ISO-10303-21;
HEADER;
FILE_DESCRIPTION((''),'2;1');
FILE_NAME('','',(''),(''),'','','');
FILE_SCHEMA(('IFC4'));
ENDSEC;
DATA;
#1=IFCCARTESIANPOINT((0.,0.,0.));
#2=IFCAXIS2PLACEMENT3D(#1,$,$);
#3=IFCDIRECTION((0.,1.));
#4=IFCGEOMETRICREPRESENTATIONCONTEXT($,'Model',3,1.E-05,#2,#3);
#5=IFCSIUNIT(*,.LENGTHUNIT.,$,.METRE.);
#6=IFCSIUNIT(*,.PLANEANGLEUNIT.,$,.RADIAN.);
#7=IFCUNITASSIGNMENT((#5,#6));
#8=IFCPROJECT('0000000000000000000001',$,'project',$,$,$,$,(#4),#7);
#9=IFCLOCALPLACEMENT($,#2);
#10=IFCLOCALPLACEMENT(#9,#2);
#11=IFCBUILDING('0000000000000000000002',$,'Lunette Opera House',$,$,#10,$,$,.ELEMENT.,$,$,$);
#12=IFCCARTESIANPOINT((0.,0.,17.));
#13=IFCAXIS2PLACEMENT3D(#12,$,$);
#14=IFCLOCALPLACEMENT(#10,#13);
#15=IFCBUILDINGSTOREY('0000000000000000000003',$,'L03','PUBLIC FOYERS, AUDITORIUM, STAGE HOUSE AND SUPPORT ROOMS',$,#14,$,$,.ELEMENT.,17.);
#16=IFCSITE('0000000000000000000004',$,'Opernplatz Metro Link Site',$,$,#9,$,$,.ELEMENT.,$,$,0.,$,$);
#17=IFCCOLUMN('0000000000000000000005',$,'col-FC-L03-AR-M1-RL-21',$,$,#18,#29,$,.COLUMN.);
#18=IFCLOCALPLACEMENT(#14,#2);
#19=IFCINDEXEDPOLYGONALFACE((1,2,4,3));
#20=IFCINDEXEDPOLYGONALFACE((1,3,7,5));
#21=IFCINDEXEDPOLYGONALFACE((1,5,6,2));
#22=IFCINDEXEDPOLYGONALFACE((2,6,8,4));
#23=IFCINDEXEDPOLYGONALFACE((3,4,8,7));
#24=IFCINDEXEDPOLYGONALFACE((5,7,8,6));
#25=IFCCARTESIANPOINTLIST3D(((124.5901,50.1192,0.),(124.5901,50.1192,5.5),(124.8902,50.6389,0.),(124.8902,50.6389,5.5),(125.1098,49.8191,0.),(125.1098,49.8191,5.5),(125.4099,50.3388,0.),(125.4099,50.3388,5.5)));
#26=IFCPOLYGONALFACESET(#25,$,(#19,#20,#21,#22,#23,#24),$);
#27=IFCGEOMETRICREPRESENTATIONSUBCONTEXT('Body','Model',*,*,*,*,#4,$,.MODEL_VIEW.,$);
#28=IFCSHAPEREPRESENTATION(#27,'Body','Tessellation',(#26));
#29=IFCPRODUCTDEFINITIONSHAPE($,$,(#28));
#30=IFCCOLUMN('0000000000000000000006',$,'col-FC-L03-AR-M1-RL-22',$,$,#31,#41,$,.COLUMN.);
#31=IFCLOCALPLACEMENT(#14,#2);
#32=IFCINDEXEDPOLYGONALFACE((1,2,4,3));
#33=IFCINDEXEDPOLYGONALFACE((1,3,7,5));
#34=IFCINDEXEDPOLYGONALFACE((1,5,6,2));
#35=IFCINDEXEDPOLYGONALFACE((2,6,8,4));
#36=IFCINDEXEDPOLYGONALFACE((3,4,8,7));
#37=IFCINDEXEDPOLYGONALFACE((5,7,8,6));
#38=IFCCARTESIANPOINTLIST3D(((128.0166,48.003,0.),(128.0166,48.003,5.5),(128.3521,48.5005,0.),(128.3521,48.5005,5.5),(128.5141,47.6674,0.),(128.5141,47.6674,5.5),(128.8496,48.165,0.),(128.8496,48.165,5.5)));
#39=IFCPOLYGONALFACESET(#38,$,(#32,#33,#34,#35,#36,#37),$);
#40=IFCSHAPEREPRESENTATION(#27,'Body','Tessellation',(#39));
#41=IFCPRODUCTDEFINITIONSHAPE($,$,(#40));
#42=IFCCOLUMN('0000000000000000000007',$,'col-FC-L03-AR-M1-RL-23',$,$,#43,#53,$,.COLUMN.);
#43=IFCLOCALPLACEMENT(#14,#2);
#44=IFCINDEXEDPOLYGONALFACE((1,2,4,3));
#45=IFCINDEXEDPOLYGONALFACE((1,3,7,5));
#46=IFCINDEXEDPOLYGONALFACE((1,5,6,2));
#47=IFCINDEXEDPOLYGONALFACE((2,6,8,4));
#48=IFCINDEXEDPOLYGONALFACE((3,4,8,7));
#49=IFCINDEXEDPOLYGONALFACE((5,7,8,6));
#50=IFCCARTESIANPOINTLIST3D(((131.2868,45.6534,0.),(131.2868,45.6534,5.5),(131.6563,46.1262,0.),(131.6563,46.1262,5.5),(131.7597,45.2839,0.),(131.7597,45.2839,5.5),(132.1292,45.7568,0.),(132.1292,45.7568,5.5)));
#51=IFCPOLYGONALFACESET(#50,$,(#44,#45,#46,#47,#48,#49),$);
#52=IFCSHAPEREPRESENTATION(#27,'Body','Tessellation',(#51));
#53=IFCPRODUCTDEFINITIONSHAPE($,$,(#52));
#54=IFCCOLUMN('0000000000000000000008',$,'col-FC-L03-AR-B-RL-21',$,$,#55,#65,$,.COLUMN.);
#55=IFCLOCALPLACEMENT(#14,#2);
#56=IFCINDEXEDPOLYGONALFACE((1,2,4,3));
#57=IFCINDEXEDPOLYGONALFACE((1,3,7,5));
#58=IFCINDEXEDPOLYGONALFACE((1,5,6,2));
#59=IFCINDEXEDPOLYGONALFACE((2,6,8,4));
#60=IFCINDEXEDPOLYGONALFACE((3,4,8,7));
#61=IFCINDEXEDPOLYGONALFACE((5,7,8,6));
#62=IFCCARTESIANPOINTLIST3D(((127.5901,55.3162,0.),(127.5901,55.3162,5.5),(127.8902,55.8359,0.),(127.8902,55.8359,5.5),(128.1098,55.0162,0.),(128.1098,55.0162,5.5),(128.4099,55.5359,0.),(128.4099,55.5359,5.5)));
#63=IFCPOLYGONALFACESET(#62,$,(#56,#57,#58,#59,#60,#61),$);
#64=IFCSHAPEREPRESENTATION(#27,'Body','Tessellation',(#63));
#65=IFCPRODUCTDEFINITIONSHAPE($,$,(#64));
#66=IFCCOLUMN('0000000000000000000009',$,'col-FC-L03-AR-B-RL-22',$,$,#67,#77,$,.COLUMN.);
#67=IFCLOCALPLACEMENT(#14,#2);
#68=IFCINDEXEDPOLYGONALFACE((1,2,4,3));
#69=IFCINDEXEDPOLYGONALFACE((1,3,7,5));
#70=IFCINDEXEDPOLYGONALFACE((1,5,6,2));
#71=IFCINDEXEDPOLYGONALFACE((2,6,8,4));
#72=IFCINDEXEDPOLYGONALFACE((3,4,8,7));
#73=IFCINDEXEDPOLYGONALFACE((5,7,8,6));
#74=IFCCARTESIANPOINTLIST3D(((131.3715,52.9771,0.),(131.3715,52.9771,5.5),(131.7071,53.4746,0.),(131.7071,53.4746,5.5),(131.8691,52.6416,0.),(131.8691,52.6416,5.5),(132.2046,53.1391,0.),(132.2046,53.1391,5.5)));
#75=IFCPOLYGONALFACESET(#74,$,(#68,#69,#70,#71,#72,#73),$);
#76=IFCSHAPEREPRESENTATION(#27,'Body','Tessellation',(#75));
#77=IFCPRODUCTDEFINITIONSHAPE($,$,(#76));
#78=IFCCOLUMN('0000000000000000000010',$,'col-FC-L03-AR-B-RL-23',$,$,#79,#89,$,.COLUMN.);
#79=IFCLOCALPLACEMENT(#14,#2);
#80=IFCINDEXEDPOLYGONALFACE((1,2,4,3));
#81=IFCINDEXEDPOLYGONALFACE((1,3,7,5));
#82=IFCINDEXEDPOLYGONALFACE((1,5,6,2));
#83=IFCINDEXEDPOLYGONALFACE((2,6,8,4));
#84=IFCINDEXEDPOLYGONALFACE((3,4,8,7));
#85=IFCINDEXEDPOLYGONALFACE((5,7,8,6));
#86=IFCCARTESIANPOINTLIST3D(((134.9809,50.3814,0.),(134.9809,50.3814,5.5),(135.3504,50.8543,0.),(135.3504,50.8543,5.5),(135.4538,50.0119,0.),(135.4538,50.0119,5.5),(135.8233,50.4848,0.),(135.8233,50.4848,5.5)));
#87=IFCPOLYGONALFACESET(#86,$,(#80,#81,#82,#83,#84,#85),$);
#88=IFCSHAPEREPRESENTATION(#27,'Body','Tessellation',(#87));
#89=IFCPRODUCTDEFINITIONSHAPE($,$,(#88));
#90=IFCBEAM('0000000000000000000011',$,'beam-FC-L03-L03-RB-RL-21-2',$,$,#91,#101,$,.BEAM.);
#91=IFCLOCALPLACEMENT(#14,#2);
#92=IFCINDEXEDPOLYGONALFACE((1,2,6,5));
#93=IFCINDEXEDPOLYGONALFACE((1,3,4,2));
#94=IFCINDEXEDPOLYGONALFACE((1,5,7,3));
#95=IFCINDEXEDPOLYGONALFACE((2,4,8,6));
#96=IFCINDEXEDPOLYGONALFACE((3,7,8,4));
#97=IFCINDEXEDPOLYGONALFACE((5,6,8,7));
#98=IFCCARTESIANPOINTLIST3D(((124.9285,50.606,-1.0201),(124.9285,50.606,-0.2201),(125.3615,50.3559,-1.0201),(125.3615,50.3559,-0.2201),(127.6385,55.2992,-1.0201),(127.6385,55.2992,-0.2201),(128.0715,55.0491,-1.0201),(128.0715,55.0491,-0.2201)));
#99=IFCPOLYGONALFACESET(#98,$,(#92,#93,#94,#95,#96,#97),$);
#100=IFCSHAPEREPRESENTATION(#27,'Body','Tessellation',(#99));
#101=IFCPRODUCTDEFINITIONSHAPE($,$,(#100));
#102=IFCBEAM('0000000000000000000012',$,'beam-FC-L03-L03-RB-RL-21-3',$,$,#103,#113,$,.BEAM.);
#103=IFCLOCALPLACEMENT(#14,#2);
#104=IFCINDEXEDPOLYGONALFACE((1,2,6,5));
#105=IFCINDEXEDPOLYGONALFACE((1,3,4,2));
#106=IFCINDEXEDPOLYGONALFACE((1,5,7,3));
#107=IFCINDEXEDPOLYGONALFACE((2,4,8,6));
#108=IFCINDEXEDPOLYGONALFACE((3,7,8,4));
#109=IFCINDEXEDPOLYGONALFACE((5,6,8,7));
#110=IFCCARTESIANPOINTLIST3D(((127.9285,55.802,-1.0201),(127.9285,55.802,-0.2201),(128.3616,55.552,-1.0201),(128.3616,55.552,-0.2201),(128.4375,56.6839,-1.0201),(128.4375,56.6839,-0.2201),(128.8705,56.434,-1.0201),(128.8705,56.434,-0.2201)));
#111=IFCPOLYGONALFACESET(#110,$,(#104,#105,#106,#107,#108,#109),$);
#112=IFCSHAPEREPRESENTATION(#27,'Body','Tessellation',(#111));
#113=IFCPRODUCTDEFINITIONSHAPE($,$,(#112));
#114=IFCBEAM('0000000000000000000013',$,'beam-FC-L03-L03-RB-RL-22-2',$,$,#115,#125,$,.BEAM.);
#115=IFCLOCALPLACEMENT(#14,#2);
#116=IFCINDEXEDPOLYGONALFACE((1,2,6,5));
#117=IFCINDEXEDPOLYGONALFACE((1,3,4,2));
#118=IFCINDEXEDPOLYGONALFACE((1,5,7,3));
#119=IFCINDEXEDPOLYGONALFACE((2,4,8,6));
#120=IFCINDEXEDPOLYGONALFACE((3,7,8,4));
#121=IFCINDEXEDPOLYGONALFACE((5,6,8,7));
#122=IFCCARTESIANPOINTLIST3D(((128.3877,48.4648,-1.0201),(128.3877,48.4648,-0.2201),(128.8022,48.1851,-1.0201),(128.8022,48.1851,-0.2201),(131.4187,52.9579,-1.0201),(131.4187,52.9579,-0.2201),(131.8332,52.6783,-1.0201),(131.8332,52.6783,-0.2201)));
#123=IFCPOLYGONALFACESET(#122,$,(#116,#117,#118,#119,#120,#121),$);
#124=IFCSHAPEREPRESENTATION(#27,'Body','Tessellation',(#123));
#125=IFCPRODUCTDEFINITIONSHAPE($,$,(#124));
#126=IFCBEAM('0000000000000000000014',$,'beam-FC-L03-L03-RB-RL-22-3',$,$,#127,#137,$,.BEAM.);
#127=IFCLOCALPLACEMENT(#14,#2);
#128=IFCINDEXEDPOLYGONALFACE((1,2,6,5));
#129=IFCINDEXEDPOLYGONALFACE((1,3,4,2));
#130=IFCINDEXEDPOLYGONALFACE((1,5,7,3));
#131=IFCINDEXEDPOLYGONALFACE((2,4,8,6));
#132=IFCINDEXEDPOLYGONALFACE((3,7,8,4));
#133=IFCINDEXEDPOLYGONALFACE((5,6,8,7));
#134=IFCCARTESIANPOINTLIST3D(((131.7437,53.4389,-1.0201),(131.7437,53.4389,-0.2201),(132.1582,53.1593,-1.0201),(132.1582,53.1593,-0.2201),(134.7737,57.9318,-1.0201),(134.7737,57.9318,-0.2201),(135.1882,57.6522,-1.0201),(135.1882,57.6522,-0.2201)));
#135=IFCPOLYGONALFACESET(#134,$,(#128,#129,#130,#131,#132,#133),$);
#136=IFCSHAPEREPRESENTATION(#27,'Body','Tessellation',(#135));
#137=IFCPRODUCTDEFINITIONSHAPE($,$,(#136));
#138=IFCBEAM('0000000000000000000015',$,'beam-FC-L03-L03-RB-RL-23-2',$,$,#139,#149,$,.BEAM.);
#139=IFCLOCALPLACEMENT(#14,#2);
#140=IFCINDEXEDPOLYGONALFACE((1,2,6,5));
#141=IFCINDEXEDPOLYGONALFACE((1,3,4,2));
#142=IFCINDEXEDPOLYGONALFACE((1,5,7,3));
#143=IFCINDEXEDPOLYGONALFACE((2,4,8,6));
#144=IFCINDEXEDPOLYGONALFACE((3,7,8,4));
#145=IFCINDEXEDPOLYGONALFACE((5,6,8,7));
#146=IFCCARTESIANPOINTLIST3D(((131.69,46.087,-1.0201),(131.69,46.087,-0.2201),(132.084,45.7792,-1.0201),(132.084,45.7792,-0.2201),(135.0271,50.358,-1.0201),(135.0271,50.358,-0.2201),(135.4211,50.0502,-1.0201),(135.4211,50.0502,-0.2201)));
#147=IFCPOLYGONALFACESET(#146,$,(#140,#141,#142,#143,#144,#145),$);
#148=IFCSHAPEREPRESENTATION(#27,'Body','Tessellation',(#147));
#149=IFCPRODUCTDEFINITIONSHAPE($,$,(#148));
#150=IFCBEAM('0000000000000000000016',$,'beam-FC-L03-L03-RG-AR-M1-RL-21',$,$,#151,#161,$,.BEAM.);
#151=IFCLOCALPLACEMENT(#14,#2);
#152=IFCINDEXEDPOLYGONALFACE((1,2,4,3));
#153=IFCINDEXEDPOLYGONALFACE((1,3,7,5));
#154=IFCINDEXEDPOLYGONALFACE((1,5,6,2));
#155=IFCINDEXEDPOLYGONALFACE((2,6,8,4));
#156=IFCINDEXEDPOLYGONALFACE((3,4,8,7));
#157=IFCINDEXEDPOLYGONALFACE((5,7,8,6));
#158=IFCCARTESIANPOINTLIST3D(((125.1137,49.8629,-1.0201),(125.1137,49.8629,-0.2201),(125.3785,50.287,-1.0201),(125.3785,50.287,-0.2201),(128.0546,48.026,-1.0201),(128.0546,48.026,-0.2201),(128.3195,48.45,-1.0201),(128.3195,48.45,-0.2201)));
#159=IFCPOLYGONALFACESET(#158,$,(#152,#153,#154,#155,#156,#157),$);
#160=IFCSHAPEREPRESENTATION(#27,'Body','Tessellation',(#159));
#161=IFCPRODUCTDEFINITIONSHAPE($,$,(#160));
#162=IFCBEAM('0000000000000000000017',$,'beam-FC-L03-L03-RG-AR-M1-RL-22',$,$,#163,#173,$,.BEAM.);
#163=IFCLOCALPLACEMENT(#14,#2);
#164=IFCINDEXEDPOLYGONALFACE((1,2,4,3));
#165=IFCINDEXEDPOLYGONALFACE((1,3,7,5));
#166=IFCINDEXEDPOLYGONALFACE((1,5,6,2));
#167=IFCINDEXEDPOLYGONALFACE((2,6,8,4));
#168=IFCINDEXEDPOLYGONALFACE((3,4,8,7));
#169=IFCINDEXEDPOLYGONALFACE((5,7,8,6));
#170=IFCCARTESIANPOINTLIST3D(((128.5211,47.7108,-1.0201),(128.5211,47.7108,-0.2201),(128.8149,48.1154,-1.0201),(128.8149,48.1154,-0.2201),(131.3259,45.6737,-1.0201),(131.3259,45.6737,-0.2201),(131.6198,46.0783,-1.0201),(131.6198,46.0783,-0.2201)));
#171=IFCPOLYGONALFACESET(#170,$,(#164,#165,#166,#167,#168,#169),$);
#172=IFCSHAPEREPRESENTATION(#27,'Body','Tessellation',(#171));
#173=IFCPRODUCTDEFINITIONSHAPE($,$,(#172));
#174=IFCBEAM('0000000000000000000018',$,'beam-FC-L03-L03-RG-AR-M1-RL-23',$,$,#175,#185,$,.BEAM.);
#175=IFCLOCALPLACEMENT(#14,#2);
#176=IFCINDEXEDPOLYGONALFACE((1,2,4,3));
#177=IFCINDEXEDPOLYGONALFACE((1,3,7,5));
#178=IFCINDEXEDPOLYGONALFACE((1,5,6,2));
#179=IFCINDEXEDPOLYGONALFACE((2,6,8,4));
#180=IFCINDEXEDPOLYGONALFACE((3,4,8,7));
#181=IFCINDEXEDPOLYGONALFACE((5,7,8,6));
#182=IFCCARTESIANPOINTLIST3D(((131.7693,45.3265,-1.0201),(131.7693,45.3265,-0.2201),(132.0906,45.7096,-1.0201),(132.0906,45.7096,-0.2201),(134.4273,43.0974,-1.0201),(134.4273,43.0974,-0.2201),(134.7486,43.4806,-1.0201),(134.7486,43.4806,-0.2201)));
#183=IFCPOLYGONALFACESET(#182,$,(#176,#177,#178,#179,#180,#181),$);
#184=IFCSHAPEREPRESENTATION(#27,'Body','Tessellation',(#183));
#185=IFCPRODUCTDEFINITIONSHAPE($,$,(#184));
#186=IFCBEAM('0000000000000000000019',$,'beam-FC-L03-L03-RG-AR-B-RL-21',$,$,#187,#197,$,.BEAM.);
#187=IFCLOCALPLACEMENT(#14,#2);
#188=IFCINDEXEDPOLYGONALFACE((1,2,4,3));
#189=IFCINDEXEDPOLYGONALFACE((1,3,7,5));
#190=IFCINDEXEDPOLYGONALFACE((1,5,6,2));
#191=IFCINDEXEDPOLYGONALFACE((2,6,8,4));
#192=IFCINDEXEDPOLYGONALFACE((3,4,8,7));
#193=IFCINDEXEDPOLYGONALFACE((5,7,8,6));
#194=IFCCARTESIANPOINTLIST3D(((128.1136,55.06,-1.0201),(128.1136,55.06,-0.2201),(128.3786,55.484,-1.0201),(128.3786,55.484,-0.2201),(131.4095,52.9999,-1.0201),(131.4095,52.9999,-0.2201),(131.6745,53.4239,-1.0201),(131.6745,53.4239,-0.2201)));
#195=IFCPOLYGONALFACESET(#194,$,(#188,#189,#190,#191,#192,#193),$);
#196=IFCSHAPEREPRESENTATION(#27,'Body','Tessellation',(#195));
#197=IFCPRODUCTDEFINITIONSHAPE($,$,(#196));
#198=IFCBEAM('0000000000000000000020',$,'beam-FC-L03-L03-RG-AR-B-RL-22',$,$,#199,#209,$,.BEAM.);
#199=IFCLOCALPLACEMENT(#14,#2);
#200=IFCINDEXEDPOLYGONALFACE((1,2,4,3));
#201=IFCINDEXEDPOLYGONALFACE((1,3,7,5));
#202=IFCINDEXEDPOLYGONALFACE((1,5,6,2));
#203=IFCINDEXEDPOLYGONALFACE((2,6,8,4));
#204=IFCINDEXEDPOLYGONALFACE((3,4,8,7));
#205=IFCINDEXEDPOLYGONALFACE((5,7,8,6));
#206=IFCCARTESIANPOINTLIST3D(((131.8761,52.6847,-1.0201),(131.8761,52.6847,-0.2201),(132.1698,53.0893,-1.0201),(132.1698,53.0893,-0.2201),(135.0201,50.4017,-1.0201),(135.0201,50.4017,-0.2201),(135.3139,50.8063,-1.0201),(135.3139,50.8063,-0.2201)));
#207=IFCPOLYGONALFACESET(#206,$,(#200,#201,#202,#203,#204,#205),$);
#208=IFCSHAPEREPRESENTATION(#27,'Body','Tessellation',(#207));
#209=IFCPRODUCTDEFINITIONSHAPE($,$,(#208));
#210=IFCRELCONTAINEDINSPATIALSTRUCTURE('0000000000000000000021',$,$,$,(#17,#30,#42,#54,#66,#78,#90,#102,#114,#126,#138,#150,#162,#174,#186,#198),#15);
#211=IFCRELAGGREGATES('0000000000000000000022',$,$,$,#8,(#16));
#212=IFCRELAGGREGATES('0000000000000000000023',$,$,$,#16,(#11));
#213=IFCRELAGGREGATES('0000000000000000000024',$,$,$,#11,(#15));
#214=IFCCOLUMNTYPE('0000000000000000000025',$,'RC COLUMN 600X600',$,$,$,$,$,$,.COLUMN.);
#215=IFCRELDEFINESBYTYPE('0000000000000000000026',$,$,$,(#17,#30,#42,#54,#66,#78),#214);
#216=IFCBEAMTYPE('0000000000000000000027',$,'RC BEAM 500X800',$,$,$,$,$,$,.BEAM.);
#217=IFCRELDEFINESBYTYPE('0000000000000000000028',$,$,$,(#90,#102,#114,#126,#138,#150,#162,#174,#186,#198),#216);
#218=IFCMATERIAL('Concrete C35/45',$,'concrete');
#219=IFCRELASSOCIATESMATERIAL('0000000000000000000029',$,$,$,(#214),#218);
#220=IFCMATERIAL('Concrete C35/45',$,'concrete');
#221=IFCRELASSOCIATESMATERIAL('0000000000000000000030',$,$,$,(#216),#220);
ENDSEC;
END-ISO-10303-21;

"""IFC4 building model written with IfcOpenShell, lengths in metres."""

from ifc_helpers import new_model, si_unit, direction, frame, origin, origin_2d, place, context, subcontext, project, spatial, rectangle, extrude, material, material_profile, profile_set, type_object, element, save


model = new_model("IFC4")

# Units and contexts
model_context = context("Model", 3, precision=1e-05, world=origin(), true_north=direction((0.0, 1.0)))
body_context = subcontext(model_context, "Body", "Model", "MODEL_VIEW")
ifc_project = project(units=[si_unit("LENGTHUNIT", "METRE"), si_unit("PLANEANGLEUNIT", "RADIAN")], contexts=[model_context])

# Site, building, storey
site_placement = place(None, origin())
site = spatial("IfcSite", under=ifc_project, at=site_placement, Name="Opernplatz Metro Link Site", CompositionType="ELEMENT", RefElevation=0.0)
building_placement = place(site_placement, origin())
building = spatial("IfcBuilding", under=site, at=building_placement, Name="Lunette Opera House", CompositionType="ELEMENT")
storey_placement = place(building_placement, frame((0.0, 0.0, 17.0)))
storey = spatial("IfcBuildingStorey", under=building, at=storey_placement, Name="L03", Description="PUBLIC FOYERS, AUDITORIUM, STAGE HOUSE AND SUPPORT ROOMS", CompositionType="ELEMENT", Elevation=17.0)

# Columns
ifc_material_1 = material(Name="Concrete C35/45", Category="concrete")
ifc_material_profile_1 = material_profile(ifc_material_1, rectangle(XDim=0.6001, YDim=0.6001, at=origin_2d()), Name="RC COLUMN 600X600")
ifc_profile_set_1 = profile_set([ifc_material_profile_1], Name="Concrete C35/45")
column_type = type_object("IfcColumnType", Name="RC COLUMN 600X600", PredefinedType="COLUMN", material=ifc_profile_set_1)
for number, where, z_axis, x_axis, name in (
    (1, (125.0, 50.229, 0.0), (0.0, 0.0, 1.0), (0.866025, -0.5, 0.0), "col-FC-L03-AR-M1-RL-21"),
    (2, (128.4331, 48.084, 0.0), (0.0, 0.0, 1.0), (0.829038, -0.559193, 0.0), "col-FC-L03-AR-M1-RL-22"),
    (3, (131.708, 45.7051, 0.0), (0.0, 0.0, 1.0), (0.788011, -0.615661, 0.0), "col-FC-L03-AR-M1-RL-23"),
    (4, (128.0, 55.426, 0.0), (0.0, 0.0, 1.0), (0.866025, -0.5, 0.0), "col-FC-L03-AR-B-RL-21"),
    (5, (131.7881, 53.0581, 0.0), (0.0, 0.0, 1.0), (0.829038, -0.559193, 0.0), "col-FC-L03-AR-B-RL-22"),
    (6, (135.4021, 50.4331, 0.0), (0.0, 0.0, 1.0), (0.788011, -0.615661, 0.0), "col-FC-L03-AR-B-RL-23"),
):
    element("IfcColumn", number, at=place(storey_placement, frame(where, z_axis=z_axis, x_axis=x_axis)), inside=storey, type_object=column_type, Name=name, PredefinedType="COLUMN", context=body_context, shape_type="SweptSolid", body=[
        extrude(rectangle(XDim=0.6001, YDim=0.6001, at=origin_2d()), origin(), (0.0, 0.0, 1.0), 5.5),
    ])

# Beams
ifc_material_2 = material(Name="Concrete C35/45", Category="concrete")
ifc_material_profile_2 = material_profile(ifc_material_2, rectangle(XDim=0.5, YDim=0.8, at=origin_2d()), Name="RC BEAM 500X800")
ifc_profile_set_2 = profile_set([ifc_material_profile_2], Name="Concrete C35/45")
beam_type = type_object("IfcBeamType", Name="RC BEAM 500X800", PredefinedType="BEAM", material=ifc_profile_set_2)
beam_1_placement = place(storey_placement, frame((125.145, 50.481, -0.6201), z_axis=(0.500054, 0.865994, 0.0), x_axis=(-0.865994, 0.500054, 0.0)))
element("IfcBeam", 7, at=beam_1_placement, inside=storey, type_object=beam_type, Name="beam-FC-L03-L03-RB-RL-21-2", PredefinedType="BEAM", context=body_context, shape_type="SweptSolid", body=[
    extrude(rectangle(XDim=0.5, YDim=0.8, at=origin_2d()), origin(), (0.0, 0.0, 1.0), 5.4194),
])
beam_2_placement = place(storey_placement, frame((128.145, 55.677, -0.6201), z_axis=(0.499826, 0.866126, 0.0), x_axis=(-0.866126, 0.499826, 0.0)))
element("IfcBeam", 8, at=beam_2_placement, inside=storey, type_object=beam_type, Name="beam-FC-L03-L03-RB-RL-21-3", PredefinedType="BEAM", context=body_context, shape_type="SweptSolid", body=[
    extrude(rectangle(XDim=0.5, YDim=0.8, at=origin_2d()), origin(), (0.0, 0.0, 1.0), 1.0183),
])
beam_3_placement = place(storey_placement, frame((128.595, 48.325, -0.6201), z_axis=(0.559235, 0.829009, 0.0), x_axis=(-0.829009, 0.559235, 0.0)))
element("IfcBeam", 9, at=beam_3_placement, inside=storey, type_object=beam_type, Name="beam-FC-L03-L03-RB-RL-22-2", PredefinedType="BEAM", context=body_context, shape_type="SweptSolid", body=[
    extrude(rectangle(XDim=0.5, YDim=0.8, at=origin_2d()), origin(), (0.0, 0.0, 1.0), 5.4199),
])
beam_4_placement = place(storey_placement, frame((131.9509, 53.2991, -0.6201), z_axis=(0.559132, 0.829079, 0.0), x_axis=(-0.829079, 0.559132, 0.0)))
element("IfcBeam", 10, at=beam_4_placement, inside=storey, type_object=beam_type, Name="beam-FC-L03-L03-RB-RL-22-3", PredefinedType="BEAM", context=body_context, shape_type="SweptSolid", body=[
    extrude(rectangle(XDim=0.5, YDim=0.8, at=origin_2d()), origin(), (0.0, 0.0, 1.0), 5.4192),
])
beam_5_placement = place(storey_placement, frame((131.887, 45.9331, -0.6201), z_axis=(0.615695, 0.787985, 0.0), x_axis=(-0.787985, 0.615695, 0.0)))
element("IfcBeam", 11, at=beam_5_placement, inside=storey, type_object=beam_type, Name="beam-FC-L03-L03-RB-RL-23-2", PredefinedType="BEAM", context=body_context, shape_type="SweptSolid", body=[
    extrude(rectangle(XDim=0.5, YDim=0.8, at=origin_2d()), origin(), (0.0, 0.0, 1.0), 5.4202),
])
beam_6_placement = place(storey_placement, frame((125.2461, 50.075, -0.6201), z_axis=(0.848149, -0.529758, 0.0), x_axis=(0.529758, 0.848149, 0.0)))
element("IfcBeam", 12, at=beam_6_placement, inside=storey, type_object=beam_type, Name="beam-FC-L03-L03-RG-AR-M1-RL-21", PredefinedType="BEAM", context=body_context, shape_type="SweptSolid", body=[
    extrude(rectangle(XDim=0.5, YDim=0.8, at=origin_2d()), origin(), (0.0, 0.0, 1.0), 3.4675),
])
beam_7_placement = place(storey_placement, frame((128.668, 47.9131, -0.6201), z_axis=(0.809126, -0.587636, 0.0), x_axis=(0.587636, 0.809126, 0.0)))
element("IfcBeam", 13, at=beam_7_placement, inside=storey, type_object=beam_type, Name="beam-FC-L03-L03-RG-AR-M1-RL-22", PredefinedType="BEAM", context=body_context, shape_type="SweptSolid", body=[
    extrude(rectangle(XDim=0.5, YDim=0.8, at=origin_2d()), origin(), (0.0, 0.0, 1.0), 3.4666),
])
beam_8_placement = place(storey_placement, frame((131.9299, 45.5181, -0.6201), z_axis=(0.766227, -0.64257, 0.0), x_axis=(0.64257, 0.766227, 0.0)))
element("IfcBeam", 14, at=beam_8_placement, inside=storey, type_object=beam_type, Name="beam-FC-L03-L03-RG-AR-M1-RL-23", PredefinedType="BEAM", context=body_context, shape_type="SweptSolid", body=[
    extrude(rectangle(XDim=0.5, YDim=0.8, at=origin_2d()), origin(), (0.0, 0.0, 1.0), 3.469),
])
beam_9_placement = place(storey_placement, frame((128.2461, 55.272, -0.6201), z_axis=(0.847984, -0.530022, 0.0), x_axis=(0.530022, 0.847984, 0.0)))
element("IfcBeam", 15, at=beam_9_placement, inside=storey, type_object=beam_type, Name="beam-FC-L03-L03-RG-AR-B-RL-21", PredefinedType="BEAM", context=body_context, shape_type="SweptSolid", body=[
    extrude(rectangle(XDim=0.5, YDim=0.8, at=origin_2d()), origin(), (0.0, 0.0, 1.0), 3.8867),
])
beam_10_placement = place(storey_placement, frame((132.0229, 52.887, -0.6201), z_axis=(0.809179, -0.587563, 0.0), x_axis=(0.587563, 0.809179, 0.0)))
element("IfcBeam", 16, at=beam_10_placement, inside=storey, type_object=beam_type, Name="beam-FC-L03-L03-RG-AR-B-RL-22", PredefinedType="BEAM", context=body_context, shape_type="SweptSolid", body=[
    extrude(rectangle(XDim=0.5, YDim=0.8, at=origin_2d()), origin(), (0.0, 0.0, 1.0), 3.8855),
])

save(model, "model.ifc")
